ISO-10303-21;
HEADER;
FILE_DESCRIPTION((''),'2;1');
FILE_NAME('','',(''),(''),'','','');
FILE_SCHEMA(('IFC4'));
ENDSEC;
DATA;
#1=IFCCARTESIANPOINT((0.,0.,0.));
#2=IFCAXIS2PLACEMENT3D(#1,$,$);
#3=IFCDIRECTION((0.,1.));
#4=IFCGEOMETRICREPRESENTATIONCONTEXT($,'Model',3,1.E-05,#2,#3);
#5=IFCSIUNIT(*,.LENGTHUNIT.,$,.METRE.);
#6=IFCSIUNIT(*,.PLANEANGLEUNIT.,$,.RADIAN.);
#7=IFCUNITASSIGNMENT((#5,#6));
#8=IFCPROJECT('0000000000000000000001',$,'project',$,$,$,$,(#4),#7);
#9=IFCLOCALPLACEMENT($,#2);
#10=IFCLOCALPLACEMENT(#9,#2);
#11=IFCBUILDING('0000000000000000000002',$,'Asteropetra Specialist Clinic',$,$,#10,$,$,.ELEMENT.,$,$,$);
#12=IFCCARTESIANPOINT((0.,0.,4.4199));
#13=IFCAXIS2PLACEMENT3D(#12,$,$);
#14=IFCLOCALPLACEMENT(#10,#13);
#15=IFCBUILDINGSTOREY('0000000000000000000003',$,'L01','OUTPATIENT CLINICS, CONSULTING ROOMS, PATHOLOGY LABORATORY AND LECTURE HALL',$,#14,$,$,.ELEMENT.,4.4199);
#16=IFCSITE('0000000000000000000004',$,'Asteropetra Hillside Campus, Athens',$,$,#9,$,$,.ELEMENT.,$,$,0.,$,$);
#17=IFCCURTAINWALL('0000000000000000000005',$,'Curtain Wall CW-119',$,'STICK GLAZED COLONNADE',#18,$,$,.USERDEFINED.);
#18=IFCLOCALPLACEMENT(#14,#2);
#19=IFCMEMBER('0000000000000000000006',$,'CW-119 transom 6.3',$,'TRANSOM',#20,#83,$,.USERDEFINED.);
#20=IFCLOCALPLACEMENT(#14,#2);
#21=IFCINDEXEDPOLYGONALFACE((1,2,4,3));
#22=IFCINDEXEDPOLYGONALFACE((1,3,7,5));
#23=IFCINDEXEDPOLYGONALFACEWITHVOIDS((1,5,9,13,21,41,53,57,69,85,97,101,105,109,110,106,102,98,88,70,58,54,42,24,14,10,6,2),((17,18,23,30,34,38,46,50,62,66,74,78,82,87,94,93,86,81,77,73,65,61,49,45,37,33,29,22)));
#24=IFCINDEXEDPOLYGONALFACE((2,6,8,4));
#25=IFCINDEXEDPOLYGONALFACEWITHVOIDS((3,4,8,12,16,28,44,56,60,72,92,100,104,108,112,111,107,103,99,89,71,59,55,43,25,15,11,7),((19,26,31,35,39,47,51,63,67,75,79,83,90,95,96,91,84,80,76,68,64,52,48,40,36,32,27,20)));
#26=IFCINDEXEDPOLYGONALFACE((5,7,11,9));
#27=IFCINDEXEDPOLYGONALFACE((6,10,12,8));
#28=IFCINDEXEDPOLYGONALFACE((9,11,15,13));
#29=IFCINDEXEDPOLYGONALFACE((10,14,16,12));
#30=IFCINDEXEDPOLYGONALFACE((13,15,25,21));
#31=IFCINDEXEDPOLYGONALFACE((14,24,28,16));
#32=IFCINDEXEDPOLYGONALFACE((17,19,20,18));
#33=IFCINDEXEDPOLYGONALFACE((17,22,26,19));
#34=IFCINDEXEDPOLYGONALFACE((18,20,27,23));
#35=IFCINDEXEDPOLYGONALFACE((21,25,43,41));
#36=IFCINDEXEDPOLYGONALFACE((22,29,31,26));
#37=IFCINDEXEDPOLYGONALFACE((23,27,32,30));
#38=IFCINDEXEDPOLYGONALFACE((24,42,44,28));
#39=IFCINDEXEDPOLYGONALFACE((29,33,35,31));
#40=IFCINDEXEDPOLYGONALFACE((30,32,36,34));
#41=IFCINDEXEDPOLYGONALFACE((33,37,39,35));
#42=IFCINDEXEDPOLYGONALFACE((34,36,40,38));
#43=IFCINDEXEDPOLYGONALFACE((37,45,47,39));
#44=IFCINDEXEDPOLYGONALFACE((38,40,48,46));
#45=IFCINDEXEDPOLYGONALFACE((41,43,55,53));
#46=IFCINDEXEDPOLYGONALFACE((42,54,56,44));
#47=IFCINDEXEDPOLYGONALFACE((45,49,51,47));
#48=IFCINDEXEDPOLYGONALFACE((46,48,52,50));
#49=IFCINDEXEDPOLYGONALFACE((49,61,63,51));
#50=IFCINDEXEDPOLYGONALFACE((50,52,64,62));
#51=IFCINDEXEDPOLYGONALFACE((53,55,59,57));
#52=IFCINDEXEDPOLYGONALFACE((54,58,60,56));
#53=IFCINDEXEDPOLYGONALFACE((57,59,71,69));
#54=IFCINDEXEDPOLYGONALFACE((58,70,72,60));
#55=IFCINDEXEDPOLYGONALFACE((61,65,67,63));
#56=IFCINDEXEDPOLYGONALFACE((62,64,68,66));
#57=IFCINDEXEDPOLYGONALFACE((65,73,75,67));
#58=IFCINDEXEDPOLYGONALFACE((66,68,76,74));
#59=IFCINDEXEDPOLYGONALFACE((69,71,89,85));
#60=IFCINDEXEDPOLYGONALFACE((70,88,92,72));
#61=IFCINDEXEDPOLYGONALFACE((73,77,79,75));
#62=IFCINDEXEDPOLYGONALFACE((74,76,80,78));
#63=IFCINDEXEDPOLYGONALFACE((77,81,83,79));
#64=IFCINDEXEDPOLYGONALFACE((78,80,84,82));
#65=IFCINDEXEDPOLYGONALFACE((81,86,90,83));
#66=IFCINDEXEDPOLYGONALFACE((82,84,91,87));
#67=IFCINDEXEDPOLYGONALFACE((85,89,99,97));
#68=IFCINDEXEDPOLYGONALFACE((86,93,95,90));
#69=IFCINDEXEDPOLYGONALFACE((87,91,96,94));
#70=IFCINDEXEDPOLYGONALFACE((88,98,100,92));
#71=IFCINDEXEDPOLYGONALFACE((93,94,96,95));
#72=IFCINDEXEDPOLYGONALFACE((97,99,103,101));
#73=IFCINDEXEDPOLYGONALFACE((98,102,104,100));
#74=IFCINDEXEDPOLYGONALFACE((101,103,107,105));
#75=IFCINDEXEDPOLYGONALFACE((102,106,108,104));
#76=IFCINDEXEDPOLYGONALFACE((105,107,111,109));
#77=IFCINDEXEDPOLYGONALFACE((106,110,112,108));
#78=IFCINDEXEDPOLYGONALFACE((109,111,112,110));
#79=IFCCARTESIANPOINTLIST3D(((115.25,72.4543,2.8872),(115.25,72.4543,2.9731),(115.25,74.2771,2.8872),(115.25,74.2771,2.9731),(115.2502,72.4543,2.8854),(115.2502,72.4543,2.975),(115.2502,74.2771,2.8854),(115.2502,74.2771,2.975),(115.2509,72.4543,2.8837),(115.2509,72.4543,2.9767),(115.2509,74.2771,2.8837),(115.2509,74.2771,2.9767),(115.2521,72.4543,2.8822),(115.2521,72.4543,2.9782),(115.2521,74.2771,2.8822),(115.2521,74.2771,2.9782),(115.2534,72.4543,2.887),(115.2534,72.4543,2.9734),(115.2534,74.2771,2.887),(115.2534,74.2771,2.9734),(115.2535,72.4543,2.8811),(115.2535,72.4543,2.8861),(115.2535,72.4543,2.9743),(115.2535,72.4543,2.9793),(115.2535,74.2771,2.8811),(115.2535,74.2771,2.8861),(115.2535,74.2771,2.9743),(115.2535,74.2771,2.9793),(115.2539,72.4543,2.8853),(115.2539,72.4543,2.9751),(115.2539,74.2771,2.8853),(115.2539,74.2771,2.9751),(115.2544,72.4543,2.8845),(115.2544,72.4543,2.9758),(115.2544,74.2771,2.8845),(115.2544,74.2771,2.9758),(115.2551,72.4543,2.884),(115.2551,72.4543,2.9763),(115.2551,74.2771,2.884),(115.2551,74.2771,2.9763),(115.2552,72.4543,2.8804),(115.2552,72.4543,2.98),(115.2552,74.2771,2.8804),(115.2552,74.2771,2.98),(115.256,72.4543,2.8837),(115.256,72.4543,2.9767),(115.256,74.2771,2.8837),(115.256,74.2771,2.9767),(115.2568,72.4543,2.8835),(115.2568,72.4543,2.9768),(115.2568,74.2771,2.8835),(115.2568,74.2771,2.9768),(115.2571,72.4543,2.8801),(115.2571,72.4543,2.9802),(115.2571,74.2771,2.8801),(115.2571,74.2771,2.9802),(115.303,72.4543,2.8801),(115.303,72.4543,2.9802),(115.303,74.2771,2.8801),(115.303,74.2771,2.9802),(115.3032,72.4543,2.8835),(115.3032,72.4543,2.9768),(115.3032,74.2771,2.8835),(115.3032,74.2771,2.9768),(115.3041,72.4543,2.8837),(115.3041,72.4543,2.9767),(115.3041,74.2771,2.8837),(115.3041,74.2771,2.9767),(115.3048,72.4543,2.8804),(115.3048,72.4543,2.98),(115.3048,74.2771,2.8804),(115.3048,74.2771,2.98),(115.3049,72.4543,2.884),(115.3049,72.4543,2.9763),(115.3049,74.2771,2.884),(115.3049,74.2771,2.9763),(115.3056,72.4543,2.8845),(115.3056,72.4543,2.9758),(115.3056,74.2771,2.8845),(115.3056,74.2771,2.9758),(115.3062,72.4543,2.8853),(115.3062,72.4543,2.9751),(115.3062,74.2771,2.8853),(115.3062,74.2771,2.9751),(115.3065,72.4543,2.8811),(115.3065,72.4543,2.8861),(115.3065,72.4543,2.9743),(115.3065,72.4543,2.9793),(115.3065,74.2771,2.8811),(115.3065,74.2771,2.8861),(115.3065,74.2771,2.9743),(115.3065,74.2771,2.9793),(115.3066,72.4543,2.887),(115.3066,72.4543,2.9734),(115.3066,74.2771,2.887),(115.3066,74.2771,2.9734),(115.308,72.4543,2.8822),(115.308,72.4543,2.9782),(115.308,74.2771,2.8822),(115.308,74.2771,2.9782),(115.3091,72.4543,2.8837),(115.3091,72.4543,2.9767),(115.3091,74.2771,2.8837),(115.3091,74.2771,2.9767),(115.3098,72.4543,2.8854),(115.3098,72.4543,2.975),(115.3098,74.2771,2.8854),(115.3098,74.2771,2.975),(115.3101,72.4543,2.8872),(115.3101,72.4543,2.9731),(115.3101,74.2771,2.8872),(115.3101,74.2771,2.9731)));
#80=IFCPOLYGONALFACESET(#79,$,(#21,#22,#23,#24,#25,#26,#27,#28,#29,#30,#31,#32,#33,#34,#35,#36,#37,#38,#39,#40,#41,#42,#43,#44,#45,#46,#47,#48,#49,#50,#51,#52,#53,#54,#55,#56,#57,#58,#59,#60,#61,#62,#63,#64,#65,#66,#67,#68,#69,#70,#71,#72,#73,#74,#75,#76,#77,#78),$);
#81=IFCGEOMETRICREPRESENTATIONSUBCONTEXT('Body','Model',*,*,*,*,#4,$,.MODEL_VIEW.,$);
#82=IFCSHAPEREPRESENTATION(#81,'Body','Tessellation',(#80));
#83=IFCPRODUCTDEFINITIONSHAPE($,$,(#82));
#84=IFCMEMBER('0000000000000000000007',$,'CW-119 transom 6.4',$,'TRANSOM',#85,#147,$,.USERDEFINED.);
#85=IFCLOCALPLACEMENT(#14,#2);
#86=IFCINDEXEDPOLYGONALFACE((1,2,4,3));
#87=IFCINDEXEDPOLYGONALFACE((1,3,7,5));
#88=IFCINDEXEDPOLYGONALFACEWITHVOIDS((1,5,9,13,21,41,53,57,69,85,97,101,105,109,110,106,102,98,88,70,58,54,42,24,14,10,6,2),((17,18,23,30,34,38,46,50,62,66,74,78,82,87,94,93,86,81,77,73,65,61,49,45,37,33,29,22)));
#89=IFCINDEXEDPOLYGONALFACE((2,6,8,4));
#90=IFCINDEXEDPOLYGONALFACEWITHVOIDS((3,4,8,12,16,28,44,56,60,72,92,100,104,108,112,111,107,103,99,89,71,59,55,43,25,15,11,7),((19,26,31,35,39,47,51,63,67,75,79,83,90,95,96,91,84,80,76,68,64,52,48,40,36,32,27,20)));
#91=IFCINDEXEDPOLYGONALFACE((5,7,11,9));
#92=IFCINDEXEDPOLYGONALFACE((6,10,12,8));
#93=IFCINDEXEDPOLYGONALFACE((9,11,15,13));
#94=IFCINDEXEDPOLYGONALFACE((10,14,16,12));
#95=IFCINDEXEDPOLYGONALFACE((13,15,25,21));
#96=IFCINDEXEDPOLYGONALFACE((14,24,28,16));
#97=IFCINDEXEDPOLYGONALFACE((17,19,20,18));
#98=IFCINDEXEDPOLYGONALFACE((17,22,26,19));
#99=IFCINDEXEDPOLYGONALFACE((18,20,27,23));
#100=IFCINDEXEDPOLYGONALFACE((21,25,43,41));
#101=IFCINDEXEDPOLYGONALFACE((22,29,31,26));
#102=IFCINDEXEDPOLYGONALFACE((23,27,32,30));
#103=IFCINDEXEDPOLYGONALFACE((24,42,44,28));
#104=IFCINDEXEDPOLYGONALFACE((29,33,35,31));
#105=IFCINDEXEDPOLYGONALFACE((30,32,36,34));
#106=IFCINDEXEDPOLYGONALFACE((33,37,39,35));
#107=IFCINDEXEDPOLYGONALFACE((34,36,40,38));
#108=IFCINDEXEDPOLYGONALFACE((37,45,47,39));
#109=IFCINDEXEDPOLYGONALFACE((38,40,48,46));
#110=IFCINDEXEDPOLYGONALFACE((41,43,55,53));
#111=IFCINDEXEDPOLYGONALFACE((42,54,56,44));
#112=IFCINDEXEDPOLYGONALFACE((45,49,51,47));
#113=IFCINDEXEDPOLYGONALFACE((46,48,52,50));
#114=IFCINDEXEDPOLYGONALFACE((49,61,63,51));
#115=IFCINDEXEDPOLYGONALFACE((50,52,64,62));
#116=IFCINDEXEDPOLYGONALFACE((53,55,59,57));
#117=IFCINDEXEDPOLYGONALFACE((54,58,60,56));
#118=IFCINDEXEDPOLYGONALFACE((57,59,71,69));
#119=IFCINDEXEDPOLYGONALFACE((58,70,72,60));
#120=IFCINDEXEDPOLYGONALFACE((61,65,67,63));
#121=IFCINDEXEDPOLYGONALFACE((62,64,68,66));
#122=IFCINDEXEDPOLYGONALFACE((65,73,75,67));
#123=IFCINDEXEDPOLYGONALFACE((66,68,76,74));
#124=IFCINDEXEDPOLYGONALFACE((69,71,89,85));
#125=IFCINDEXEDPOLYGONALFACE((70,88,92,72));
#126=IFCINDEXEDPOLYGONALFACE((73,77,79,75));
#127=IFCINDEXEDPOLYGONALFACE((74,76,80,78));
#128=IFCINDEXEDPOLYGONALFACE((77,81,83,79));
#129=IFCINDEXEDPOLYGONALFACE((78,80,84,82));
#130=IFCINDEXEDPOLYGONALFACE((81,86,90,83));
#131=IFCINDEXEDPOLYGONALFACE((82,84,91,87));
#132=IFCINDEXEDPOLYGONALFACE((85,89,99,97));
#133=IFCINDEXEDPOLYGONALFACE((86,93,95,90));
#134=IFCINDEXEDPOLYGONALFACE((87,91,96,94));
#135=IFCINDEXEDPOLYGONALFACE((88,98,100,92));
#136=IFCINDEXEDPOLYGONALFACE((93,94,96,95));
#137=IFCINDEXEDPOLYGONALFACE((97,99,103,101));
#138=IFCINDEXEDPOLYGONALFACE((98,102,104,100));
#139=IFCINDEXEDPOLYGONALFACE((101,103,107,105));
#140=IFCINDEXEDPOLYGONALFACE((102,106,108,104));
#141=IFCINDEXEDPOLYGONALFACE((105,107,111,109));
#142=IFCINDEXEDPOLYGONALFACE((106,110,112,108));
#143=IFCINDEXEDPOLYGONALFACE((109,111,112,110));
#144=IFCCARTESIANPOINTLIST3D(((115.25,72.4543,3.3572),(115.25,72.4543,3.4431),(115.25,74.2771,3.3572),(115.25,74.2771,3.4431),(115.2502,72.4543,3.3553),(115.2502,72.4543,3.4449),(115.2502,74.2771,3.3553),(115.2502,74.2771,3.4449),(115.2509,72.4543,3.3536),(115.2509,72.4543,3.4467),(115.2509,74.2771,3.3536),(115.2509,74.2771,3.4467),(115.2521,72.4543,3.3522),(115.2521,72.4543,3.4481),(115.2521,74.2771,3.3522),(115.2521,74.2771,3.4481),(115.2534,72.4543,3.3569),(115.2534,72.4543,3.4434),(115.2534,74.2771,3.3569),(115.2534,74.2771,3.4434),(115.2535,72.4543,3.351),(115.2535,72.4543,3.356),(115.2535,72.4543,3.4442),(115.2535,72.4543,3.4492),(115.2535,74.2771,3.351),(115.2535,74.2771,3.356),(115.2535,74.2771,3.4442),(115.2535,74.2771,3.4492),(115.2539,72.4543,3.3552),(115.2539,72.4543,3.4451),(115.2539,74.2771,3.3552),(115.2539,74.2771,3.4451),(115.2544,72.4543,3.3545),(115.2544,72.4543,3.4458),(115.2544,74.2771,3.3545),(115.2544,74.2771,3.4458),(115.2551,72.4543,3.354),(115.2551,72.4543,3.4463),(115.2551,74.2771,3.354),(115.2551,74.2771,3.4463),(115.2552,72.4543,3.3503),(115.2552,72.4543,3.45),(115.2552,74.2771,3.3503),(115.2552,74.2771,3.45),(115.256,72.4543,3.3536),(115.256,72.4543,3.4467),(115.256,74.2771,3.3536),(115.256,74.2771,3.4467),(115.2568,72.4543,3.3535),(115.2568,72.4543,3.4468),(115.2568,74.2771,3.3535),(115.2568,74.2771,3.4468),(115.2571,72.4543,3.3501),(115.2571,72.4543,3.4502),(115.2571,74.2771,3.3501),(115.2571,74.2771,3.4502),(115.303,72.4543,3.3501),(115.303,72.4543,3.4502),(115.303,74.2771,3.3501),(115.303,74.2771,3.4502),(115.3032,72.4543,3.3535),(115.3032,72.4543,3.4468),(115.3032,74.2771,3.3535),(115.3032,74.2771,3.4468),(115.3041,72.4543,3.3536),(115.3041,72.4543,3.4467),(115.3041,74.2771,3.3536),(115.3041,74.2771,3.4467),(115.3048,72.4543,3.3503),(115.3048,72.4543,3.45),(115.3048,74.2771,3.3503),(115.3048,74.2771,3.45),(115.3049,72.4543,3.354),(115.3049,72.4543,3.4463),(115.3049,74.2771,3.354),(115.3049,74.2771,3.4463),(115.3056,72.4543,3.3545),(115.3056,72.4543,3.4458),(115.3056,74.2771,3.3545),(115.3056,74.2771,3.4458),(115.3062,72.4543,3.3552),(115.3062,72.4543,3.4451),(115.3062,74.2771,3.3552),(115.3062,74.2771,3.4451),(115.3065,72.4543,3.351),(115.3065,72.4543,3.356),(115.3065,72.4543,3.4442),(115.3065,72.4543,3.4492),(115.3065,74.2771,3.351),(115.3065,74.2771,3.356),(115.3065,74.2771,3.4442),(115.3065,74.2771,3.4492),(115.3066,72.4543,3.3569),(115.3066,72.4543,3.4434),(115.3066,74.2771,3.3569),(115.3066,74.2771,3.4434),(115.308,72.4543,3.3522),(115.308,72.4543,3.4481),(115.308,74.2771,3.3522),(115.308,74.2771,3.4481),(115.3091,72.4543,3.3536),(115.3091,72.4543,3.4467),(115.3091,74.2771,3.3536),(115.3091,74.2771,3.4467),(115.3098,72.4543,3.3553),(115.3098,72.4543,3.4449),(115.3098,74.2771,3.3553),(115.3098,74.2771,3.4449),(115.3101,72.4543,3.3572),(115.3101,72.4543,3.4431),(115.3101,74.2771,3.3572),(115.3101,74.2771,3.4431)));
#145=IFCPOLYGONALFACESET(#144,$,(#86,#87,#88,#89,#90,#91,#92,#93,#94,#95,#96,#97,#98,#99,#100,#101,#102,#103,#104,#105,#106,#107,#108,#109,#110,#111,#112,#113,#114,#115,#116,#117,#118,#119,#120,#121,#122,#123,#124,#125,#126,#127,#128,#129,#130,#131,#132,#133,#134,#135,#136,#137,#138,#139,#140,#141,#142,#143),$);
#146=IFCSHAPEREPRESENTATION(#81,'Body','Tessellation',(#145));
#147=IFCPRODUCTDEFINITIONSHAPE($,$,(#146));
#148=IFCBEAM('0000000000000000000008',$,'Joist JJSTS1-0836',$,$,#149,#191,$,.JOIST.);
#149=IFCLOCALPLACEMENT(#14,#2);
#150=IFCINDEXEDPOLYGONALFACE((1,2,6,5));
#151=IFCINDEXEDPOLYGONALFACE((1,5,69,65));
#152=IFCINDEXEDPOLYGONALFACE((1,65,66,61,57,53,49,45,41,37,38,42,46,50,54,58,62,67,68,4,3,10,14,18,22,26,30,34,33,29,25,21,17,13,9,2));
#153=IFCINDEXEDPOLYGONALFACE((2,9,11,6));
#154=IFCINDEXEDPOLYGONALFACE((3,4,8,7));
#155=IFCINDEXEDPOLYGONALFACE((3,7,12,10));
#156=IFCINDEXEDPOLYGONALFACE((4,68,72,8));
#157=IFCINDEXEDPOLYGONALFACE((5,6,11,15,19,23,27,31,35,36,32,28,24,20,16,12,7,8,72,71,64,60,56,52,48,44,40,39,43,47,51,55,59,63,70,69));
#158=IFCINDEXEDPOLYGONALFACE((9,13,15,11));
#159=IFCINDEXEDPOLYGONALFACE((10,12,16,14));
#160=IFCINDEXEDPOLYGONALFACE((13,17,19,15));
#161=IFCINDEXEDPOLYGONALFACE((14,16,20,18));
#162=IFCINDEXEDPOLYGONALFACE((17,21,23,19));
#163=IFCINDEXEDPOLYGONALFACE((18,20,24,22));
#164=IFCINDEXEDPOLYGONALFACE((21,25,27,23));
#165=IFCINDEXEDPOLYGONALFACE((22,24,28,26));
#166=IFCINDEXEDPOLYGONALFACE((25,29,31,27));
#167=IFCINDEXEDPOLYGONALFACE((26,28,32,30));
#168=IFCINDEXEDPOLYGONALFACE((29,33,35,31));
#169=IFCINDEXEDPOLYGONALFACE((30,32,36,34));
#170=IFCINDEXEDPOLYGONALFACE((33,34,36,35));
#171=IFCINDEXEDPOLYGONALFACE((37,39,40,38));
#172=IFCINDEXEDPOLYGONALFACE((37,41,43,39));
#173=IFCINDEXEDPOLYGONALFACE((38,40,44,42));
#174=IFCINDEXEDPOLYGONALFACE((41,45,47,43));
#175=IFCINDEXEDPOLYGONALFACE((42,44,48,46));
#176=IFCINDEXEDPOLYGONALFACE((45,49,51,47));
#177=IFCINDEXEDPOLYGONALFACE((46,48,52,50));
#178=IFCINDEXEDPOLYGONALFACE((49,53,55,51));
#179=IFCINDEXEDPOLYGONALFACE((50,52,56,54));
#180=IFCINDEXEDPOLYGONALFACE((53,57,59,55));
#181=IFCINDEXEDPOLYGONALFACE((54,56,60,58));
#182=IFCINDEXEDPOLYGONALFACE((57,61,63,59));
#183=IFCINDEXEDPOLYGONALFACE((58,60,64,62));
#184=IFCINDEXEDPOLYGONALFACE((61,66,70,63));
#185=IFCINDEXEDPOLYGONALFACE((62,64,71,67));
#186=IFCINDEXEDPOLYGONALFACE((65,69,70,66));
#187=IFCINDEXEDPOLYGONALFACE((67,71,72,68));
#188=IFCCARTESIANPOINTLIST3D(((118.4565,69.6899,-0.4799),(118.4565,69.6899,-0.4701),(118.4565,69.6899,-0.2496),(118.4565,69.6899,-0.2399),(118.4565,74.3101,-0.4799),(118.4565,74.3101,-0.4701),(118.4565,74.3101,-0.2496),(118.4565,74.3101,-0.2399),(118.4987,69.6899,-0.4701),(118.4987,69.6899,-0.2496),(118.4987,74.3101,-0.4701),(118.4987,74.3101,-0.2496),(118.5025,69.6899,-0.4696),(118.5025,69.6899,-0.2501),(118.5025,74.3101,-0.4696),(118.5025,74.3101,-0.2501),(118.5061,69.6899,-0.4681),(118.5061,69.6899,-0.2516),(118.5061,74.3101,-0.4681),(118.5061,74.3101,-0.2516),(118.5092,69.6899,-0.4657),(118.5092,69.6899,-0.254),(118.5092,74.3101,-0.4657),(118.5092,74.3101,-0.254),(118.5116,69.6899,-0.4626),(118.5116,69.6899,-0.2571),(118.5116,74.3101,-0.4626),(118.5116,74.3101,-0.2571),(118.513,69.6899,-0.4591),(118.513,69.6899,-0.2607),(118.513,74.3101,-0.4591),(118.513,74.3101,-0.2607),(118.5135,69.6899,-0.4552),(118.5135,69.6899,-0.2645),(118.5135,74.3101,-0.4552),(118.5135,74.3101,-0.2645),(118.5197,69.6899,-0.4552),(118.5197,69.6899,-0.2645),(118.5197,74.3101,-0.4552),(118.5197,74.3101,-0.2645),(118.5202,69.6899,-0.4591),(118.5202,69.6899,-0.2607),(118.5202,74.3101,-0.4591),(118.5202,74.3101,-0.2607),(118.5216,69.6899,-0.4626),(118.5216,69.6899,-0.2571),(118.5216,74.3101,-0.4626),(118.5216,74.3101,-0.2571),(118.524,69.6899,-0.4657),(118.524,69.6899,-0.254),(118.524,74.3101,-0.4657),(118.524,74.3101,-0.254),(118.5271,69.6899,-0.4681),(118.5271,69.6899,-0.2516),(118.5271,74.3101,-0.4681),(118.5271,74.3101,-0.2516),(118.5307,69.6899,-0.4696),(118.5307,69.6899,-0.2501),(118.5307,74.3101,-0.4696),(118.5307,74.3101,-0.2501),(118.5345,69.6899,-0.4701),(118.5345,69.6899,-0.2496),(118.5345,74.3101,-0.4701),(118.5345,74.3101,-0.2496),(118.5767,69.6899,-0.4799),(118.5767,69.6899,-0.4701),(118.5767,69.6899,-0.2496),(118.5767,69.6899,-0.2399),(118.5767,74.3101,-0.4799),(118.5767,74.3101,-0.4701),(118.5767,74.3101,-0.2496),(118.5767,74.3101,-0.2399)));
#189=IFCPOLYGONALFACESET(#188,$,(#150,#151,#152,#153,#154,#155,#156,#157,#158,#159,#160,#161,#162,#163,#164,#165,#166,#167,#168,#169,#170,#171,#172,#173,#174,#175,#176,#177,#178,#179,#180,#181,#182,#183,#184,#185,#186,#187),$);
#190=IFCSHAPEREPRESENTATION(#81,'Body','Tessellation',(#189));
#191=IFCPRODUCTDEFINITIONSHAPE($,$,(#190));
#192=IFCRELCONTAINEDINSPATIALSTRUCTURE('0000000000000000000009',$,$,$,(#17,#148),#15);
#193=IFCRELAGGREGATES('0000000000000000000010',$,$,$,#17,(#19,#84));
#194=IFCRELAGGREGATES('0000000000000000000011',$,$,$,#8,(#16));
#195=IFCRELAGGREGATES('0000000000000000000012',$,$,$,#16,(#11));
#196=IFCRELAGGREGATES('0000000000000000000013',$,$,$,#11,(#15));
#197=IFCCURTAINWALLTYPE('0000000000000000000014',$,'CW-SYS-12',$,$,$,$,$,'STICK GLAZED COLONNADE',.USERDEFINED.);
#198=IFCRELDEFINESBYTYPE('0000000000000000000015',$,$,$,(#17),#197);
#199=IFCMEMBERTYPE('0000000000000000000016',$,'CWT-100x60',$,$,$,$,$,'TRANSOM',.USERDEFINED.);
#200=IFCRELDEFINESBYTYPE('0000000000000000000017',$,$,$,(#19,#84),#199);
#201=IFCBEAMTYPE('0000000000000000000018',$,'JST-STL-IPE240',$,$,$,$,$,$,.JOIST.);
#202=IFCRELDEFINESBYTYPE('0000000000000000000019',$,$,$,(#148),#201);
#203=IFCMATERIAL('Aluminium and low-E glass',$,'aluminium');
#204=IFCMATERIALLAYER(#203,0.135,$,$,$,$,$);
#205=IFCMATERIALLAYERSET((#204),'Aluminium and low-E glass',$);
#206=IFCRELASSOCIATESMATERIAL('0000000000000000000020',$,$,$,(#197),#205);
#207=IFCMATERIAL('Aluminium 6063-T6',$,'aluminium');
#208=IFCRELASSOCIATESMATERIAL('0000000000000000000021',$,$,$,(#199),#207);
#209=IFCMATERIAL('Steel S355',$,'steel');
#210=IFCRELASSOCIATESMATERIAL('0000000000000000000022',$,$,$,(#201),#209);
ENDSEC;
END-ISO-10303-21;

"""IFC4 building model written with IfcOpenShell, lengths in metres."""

from ifc_helpers import new_model, si_unit, direction, frame, origin, origin_2d, place, context, subcontext, project, spatial, hollow_rectangle, i_section, extrude, material, layer, layer_set, material_profile, profile_set, type_object, element, aggregate, save


model = new_model("IFC4")

# Units and contexts
model_context = context("Model", 3, precision=1e-05, world=origin(), true_north=direction((0.0, 1.0)))
body_context = subcontext(model_context, "Body", "Model", "MODEL_VIEW")
ifc_project = project(units=[si_unit("LENGTHUNIT", "METRE"), si_unit("PLANEANGLEUNIT", "RADIAN")], contexts=[model_context])

# Site, building, storey
site_placement = place(None, origin())
site = spatial("IfcSite", under=ifc_project, at=site_placement, Name="Asteropetra Hillside Campus, Athens", CompositionType="ELEMENT", RefElevation=0.0)
building_placement = place(site_placement, origin())
building = spatial("IfcBuilding", under=site, at=building_placement, Name="Asteropetra Specialist Clinic", CompositionType="ELEMENT")
storey_placement = place(building_placement, frame((0.0, 0.0, 4.4199)))
storey = spatial("IfcBuildingStorey", under=building, at=storey_placement, Name="L01", Description="OUTPATIENT CLINICS, CONSULTING ROOMS, PATHOLOGY LABORATORY AND LECTURE HALL", CompositionType="ELEMENT", Elevation=4.4199)

# Curtain wall, members
ifc_material_1 = material(Name="Aluminium and low-E glass", Category="aluminium")
ifc_layer_1 = layer(ifc_material_1, 0.135)
ifc_layer_set_1 = layer_set([ifc_layer_1], Name="Aluminium and low-E glass")
curtain_wall_type = type_object("IfcCurtainWallType", Name="CW-SYS-12", ElementType="STICK GLAZED COLONNADE", PredefinedType="USERDEFINED", material=ifc_layer_set_1)
curtain_wall_placement = place(storey_placement, origin())
curtain_wall = element("IfcCurtainWall", 1, at=curtain_wall_placement, inside=storey, type_object=curtain_wall_type, Name="Curtain Wall CW-119", ObjectType="STICK GLAZED COLONNADE", PredefinedType="USERDEFINED")
ifc_material_2 = material(Name="Aluminium 6063-T6", Category="aluminium")
ifc_material_profile_1 = material_profile(ifc_material_2, hollow_rectangle(XDim=0.0601, YDim=0.1001, WallThickness=0.0034, InnerFilletRadius=0.0034, OuterFilletRadius=0.0071, at=origin_2d()), Name="TRN 100x60x3.5")
ifc_profile_set_1 = profile_set([ifc_material_profile_1], Name="Aluminium 6063-T6")
member_type_1 = type_object("IfcMemberType", Name="CWT-100x60", ElementType="TRANSOM", PredefinedType="USERDEFINED", material=ifc_profile_set_1)
member_1_placement = place(storey_placement, frame((115.28, 72.4543, 2.9302), z_axis=(0.0, 1.0, 0.0), x_axis=(-1.0, 0.0, 0.0)))
member_1 = element("IfcMember", 2, at=member_1_placement, type_object=member_type_1, Name="CW-119 transom 6.3", ObjectType="TRANSOM", PredefinedType="USERDEFINED", context=body_context, shape_type="SweptSolid", body=[
    extrude(hollow_rectangle(XDim=0.0601, YDim=0.1001, WallThickness=0.0034, InnerFilletRadius=0.0034, OuterFilletRadius=0.0071, at=origin_2d()), origin(), (0.0, 0.0, 1.0), 1.8228),
])
member_2_placement = place(storey_placement, frame((115.28, 72.4543, 3.4001), z_axis=(0.0, 1.0, 0.0), x_axis=(-1.0, 0.0, 0.0)))
member_2 = element("IfcMember", 3, at=member_2_placement, type_object=member_type_1, Name="CW-119 transom 6.4", ObjectType="TRANSOM", PredefinedType="USERDEFINED", context=body_context, shape_type="SweptSolid", body=[
    extrude(hollow_rectangle(XDim=0.0601, YDim=0.1001, WallThickness=0.0034, InnerFilletRadius=0.0034, OuterFilletRadius=0.0071, at=origin_2d()), origin(), (0.0, 0.0, 1.0), 1.8228),
])

# Beam
ifc_material_3 = material(Name="Steel S355", Category="steel")
ifc_material_profile_2 = material_profile(ifc_material_3, i_section(OverallWidth=0.1201, OverallDepth=0.24, WebThickness=0.0061, FlangeThickness=0.0098, FilletRadius=0.0149, at=origin_2d()), Name="IPE 240")
ifc_profile_set_2 = profile_set([ifc_material_profile_2], Name="Steel S355")
beam_type_1 = type_object("IfcBeamType", Name="JST-STL-IPE240", PredefinedType="JOIST", material=ifc_profile_set_2)
for number, where, z_axis, x_axis, name in (
    (4, (118.5166, 69.6899, -0.3599), (0.0, 1.0, 0.0), (-1.0, 0.0, 0.0), "Joist JJSTS1-0836"),
):
    element("IfcBeam", number, at=place(storey_placement, frame(where, z_axis=z_axis, x_axis=x_axis)), inside=storey, type_object=beam_type_1, Name=name, PredefinedType="JOIST", context=body_context, shape_type="SweptSolid", body=[
        extrude(i_section(OverallWidth=0.1201, OverallDepth=0.24, WebThickness=0.0061, FlangeThickness=0.0098, FilletRadius=0.0149, at=origin_2d()), origin(), (0.0, 0.0, 1.0), 4.6201),
    ])

aggregate(curtain_wall, [member_1, member_2])

save(model, "model.ifc")
